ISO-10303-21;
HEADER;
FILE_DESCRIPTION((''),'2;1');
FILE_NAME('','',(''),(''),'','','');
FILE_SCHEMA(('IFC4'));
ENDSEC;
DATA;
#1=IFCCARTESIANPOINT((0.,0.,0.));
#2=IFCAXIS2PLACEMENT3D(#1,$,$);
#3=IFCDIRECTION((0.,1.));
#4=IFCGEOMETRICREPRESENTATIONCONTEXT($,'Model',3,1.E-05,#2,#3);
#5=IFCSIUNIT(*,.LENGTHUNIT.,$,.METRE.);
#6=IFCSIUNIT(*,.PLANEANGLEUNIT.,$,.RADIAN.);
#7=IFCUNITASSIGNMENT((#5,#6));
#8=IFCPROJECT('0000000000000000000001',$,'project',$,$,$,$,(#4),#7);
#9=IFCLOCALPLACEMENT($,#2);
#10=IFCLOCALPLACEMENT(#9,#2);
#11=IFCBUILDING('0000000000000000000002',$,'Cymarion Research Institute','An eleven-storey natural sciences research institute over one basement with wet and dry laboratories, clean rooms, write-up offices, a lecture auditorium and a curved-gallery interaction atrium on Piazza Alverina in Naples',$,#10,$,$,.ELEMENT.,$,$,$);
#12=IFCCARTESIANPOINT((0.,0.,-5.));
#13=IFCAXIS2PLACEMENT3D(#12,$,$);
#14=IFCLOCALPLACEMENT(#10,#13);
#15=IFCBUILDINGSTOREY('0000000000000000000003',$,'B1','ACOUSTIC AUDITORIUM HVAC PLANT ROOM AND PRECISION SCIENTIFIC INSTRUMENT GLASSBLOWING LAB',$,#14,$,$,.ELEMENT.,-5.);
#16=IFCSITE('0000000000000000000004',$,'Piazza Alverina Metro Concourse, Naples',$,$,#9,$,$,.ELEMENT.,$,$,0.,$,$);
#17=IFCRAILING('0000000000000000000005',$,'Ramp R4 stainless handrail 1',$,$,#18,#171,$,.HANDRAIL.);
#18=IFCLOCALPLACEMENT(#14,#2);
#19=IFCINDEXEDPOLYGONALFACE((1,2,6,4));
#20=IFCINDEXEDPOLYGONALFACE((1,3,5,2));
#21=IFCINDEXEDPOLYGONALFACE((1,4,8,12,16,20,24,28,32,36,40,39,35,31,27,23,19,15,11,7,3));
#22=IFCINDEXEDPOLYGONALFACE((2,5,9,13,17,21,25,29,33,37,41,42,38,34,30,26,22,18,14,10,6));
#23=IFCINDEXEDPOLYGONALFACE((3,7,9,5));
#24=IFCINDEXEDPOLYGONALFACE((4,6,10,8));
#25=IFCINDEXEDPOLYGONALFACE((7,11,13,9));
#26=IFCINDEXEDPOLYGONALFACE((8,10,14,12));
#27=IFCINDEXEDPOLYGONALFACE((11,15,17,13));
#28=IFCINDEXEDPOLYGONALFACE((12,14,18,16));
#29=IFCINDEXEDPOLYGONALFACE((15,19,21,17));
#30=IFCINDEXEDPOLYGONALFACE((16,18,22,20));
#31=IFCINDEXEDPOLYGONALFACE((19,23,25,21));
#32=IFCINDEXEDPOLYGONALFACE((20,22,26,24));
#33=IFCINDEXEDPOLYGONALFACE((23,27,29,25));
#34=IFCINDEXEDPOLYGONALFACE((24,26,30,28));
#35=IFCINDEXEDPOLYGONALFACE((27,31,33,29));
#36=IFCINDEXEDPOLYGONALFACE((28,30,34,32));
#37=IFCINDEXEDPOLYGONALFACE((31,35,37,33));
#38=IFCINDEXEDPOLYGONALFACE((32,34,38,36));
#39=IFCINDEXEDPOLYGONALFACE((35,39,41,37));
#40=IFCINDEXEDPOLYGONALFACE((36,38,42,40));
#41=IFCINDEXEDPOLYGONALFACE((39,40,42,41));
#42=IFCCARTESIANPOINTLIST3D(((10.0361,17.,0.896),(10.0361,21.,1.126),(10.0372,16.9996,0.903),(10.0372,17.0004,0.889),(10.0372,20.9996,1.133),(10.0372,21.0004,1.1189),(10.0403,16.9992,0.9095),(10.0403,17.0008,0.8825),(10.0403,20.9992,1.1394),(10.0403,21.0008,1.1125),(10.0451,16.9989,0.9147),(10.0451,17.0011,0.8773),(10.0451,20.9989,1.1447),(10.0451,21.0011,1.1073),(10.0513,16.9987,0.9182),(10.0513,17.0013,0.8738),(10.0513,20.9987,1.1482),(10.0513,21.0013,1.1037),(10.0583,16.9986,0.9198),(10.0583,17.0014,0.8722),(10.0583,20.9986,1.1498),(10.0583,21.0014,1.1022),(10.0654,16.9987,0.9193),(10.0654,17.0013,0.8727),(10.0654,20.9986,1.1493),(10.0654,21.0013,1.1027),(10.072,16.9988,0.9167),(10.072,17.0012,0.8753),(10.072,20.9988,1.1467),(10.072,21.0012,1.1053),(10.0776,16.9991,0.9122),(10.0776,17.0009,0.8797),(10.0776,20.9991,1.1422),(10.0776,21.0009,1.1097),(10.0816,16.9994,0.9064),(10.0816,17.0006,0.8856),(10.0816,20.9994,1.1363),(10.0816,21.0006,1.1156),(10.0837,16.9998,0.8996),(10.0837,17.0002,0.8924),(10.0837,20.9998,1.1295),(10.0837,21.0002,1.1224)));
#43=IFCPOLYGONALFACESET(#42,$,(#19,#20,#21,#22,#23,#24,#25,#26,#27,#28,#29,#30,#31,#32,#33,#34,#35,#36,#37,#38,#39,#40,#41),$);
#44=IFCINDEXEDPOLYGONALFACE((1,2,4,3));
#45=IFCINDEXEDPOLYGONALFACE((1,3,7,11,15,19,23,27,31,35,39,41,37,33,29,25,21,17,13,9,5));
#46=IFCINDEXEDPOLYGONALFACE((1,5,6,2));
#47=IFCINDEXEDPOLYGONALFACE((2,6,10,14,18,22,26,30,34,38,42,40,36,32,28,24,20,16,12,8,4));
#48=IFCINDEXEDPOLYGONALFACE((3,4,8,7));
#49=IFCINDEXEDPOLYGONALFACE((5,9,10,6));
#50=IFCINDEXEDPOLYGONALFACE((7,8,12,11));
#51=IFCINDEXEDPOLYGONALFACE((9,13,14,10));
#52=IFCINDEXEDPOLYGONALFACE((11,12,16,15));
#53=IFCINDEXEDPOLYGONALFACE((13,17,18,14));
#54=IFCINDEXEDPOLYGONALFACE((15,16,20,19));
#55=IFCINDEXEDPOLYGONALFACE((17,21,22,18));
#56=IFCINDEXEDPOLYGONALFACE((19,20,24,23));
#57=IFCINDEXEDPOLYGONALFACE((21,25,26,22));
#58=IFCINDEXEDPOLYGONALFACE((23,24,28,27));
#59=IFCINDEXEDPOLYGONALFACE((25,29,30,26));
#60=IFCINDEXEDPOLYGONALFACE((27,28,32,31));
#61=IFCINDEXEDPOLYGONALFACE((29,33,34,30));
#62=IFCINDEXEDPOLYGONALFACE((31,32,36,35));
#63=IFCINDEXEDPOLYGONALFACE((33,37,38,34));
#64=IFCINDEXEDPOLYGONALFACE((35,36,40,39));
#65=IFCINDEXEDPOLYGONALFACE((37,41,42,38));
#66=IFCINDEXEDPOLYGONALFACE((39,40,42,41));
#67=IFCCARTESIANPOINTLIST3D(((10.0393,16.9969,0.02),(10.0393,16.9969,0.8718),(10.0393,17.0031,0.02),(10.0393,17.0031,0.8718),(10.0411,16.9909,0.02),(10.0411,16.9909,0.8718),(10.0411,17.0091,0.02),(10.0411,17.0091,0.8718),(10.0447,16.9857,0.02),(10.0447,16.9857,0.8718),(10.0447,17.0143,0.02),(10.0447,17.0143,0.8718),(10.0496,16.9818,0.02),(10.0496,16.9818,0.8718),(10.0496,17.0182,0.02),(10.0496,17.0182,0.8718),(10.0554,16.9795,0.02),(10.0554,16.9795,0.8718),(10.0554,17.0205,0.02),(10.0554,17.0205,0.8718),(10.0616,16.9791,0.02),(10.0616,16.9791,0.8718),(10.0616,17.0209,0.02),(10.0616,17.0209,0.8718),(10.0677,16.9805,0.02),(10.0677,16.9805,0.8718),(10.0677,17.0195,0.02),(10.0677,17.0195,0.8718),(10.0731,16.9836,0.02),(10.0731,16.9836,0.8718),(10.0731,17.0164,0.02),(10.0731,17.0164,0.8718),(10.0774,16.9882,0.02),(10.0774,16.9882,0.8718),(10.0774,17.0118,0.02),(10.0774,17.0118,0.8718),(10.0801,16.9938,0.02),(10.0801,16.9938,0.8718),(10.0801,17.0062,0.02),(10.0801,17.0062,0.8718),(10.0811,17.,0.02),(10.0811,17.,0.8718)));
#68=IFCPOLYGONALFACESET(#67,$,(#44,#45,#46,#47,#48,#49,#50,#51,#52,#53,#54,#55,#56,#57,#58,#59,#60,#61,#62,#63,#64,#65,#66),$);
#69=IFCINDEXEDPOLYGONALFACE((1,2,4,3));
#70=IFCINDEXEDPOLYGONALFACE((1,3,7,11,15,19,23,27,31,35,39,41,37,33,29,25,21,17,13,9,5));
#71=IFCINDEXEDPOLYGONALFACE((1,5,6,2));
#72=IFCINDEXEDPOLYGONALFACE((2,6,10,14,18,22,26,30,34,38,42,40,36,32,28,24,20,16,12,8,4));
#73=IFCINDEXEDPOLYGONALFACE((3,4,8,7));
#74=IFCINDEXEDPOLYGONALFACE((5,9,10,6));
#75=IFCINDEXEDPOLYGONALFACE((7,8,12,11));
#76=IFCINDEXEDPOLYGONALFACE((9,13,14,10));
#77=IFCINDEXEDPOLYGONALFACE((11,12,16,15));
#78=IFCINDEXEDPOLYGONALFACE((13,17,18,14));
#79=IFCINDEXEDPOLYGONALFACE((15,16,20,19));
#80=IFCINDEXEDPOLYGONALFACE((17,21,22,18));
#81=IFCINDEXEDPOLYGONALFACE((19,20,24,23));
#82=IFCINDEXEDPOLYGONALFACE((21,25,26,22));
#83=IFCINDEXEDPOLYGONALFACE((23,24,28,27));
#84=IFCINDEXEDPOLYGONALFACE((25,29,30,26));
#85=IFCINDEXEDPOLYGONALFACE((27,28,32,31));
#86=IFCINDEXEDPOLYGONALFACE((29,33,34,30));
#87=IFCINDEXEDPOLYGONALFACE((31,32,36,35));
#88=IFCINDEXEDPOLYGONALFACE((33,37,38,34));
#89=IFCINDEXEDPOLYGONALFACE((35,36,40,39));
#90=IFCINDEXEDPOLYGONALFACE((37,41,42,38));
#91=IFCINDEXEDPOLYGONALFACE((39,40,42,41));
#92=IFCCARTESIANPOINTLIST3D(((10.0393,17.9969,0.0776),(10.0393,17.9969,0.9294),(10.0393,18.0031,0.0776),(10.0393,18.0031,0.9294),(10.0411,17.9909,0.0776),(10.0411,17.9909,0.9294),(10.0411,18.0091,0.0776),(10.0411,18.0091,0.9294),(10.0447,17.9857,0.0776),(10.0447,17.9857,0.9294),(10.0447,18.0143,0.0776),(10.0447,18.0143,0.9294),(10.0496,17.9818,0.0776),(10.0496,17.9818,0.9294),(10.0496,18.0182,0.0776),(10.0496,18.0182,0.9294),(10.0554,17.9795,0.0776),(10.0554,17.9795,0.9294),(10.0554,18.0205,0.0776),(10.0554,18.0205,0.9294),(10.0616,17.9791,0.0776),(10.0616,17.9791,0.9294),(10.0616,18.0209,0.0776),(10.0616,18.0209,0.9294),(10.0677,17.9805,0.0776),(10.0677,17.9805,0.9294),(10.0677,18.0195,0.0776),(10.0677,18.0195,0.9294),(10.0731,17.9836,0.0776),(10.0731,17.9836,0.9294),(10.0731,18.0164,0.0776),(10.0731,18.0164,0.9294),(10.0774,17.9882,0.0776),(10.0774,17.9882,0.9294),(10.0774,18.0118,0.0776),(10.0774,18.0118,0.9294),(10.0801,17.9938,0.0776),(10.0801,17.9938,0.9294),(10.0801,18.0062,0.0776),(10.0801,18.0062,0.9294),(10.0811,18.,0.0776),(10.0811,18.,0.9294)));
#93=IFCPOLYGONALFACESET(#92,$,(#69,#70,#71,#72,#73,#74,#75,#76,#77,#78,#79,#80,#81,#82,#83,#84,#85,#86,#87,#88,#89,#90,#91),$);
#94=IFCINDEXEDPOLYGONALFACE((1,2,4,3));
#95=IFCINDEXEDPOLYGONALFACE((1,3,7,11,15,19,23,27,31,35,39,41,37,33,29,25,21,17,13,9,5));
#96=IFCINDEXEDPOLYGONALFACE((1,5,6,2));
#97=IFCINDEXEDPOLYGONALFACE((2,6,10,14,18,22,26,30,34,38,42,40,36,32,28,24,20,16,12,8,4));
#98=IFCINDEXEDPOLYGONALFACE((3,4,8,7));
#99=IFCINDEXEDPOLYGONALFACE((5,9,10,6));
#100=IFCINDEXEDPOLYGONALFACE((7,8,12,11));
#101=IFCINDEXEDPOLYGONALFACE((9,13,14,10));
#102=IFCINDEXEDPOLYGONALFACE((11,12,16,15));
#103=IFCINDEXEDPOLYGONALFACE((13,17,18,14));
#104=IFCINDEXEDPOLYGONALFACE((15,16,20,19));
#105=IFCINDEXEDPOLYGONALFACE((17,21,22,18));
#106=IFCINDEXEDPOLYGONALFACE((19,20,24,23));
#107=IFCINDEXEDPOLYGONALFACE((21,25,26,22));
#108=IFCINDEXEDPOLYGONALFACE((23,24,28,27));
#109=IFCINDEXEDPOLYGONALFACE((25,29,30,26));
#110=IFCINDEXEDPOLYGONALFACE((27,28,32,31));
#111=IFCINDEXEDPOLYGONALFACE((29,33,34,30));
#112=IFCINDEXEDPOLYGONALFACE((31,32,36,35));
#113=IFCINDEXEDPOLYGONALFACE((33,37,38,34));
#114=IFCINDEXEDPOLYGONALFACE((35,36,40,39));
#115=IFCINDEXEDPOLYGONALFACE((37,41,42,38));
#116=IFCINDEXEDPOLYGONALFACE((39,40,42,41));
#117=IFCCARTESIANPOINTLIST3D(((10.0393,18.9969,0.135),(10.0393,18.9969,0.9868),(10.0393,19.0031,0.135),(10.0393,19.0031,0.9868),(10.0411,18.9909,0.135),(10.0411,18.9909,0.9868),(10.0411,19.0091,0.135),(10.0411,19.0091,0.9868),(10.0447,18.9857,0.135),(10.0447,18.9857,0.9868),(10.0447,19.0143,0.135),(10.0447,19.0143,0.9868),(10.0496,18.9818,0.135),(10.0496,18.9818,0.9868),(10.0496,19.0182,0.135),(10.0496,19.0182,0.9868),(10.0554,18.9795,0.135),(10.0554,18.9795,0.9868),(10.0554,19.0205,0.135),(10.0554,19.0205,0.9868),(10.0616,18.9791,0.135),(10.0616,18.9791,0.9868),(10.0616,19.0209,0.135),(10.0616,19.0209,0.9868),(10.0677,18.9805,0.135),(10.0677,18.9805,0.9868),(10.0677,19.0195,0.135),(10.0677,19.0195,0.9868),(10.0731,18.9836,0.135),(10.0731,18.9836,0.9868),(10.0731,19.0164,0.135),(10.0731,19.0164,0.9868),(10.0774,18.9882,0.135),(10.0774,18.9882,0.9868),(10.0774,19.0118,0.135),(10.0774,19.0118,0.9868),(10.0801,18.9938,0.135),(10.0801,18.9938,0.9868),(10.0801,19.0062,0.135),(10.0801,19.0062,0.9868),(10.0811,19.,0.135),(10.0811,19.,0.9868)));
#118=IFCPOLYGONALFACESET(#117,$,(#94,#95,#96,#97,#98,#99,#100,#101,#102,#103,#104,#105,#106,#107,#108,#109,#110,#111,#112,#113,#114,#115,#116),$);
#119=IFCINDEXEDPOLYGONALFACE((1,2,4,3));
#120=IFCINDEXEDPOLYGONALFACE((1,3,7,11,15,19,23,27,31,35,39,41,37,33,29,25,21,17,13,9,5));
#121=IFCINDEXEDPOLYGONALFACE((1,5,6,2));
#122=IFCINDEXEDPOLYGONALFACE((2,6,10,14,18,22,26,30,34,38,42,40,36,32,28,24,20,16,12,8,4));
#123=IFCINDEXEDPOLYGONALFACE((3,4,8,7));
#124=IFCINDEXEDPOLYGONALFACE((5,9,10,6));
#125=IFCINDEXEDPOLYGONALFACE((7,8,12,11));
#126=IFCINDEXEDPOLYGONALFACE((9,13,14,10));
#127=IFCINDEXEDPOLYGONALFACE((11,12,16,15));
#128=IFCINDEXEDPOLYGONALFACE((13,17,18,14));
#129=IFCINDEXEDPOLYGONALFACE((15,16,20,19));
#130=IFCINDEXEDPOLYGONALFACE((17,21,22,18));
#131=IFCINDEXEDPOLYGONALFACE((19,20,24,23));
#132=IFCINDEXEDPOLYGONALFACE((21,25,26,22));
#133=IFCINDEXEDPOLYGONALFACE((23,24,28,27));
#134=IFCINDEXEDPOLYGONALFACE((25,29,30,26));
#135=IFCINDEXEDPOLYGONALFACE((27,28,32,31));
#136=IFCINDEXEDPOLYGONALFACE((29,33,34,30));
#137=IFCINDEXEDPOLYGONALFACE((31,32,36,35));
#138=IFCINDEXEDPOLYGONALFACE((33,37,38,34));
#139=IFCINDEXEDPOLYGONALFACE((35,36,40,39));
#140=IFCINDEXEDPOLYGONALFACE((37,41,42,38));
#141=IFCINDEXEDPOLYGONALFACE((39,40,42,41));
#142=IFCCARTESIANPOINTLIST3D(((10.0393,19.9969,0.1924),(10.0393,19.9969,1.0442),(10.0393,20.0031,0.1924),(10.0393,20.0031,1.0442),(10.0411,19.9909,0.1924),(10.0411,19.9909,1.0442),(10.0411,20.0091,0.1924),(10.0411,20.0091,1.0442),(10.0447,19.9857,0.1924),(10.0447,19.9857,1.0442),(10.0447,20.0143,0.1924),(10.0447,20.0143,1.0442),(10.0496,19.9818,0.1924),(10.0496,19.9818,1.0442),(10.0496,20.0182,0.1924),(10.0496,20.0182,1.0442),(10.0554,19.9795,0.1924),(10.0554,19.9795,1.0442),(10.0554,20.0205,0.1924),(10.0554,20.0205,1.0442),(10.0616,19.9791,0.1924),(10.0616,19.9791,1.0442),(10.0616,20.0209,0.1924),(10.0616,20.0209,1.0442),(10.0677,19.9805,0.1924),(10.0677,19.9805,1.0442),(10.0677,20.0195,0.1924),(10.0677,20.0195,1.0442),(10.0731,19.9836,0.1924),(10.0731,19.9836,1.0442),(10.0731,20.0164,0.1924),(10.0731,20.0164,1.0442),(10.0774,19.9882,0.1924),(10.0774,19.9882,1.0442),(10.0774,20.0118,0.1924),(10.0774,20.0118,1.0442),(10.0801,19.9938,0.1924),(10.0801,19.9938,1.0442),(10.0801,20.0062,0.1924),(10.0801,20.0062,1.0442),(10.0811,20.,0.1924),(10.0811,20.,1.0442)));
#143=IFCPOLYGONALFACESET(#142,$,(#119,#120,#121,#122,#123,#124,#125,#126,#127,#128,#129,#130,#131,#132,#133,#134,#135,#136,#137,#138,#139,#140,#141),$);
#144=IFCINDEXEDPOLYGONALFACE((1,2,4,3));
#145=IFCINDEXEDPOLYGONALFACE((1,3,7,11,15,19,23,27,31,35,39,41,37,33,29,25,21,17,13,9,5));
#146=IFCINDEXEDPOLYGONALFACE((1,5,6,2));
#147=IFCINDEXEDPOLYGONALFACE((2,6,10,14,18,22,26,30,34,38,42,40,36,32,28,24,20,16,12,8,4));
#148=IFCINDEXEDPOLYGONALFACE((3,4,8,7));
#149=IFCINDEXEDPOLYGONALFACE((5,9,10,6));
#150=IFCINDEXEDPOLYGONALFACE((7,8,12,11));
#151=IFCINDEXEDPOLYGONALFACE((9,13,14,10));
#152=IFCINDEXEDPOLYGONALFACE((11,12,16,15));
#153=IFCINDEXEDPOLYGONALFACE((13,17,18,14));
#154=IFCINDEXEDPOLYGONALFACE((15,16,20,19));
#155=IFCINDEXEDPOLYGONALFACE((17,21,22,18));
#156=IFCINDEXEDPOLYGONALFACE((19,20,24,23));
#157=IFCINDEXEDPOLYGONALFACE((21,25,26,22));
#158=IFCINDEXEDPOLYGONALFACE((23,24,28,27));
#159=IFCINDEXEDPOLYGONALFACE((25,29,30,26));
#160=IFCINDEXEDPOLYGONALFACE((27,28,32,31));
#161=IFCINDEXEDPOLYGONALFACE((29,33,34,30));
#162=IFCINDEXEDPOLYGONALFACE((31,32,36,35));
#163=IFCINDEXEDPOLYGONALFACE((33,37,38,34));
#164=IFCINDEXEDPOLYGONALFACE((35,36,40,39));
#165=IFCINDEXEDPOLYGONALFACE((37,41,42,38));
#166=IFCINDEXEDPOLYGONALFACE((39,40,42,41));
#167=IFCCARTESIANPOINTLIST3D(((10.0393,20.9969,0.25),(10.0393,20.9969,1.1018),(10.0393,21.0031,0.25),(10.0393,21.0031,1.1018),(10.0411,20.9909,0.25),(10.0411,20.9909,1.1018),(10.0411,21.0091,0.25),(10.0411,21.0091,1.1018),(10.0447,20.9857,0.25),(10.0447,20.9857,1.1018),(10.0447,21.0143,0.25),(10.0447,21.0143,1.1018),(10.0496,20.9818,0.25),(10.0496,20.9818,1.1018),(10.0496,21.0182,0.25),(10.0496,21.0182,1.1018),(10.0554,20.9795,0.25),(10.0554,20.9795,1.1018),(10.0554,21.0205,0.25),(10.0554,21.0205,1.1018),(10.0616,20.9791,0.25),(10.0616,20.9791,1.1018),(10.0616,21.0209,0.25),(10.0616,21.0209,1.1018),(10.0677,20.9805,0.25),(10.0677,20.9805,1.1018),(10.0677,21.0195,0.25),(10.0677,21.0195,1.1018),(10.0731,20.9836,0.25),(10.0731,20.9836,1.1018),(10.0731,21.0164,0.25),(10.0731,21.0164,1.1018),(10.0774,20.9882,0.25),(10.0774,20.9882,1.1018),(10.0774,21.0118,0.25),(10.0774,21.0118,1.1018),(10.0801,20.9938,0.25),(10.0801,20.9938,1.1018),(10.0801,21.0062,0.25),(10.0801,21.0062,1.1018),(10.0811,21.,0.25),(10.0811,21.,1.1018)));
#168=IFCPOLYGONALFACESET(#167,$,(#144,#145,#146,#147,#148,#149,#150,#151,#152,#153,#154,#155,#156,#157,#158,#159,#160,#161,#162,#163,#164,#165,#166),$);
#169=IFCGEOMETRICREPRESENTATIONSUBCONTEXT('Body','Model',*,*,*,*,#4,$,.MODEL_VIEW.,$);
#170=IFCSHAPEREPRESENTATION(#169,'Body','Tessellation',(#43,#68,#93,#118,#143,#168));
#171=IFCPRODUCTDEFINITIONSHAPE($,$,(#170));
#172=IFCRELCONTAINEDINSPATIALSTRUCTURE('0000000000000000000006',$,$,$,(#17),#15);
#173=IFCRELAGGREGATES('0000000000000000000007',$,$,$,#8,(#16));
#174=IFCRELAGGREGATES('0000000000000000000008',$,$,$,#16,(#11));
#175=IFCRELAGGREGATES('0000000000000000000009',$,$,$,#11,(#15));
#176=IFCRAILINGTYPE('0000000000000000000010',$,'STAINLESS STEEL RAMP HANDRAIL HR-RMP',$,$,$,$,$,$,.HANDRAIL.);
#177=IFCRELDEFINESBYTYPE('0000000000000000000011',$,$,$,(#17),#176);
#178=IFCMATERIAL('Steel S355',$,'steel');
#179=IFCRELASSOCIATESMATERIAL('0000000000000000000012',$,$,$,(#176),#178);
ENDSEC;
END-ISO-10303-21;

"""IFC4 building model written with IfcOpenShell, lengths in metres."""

from ifc_helpers import new_model, si_unit, direction, frame, origin, origin_2d, place, context, subcontext, project, spatial, circle, extrude, material, type_object, element, save


model = new_model("IFC4")

# Units and contexts
model_context = context("Model", 3, precision=1e-05, world=origin(), true_north=direction((0.0, 1.0)))
body_context = subcontext(model_context, "Body", "Model", "MODEL_VIEW")
ifc_project = project(units=[si_unit("LENGTHUNIT", "METRE"), si_unit("PLANEANGLEUNIT", "RADIAN")], contexts=[model_context])

# Site, building, storey
site_placement = place(None, origin())
site = spatial("IfcSite", under=ifc_project, at=site_placement, Name="Piazza Alverina Metro Concourse, Naples", CompositionType="ELEMENT", RefElevation=0.0)
building_placement = place(site_placement, origin())
building = spatial("IfcBuilding", under=site, at=building_placement, Name="Cymarion Research Institute", Description="An eleven-storey natural sciences research institute over one basement with wet and dry laboratories, clean rooms, write-up offices, a lecture auditorium and a curved-gallery interaction atrium on Piazza Alverina in Naples", CompositionType="ELEMENT")
storey_placement = place(building_placement, frame((0.0, 0.0, -5.0)))
storey = spatial("IfcBuildingStorey", under=building, at=storey_placement, Name="B1", Description="ACOUSTIC AUDITORIUM HVAC PLANT ROOM AND PRECISION SCIENTIFIC INSTRUMENT GLASSBLOWING LAB", CompositionType="ELEMENT", Elevation=-5.0)

# Shared definitions
ifc_material_1 = material(Name="Steel S355", Category="steel")

# Railing
railing_type_1 = type_object("IfcRailingType", Name="STAINLESS STEEL RAMP HANDRAIL HR-RMP", PredefinedType="HANDRAIL", material=ifc_material_1)
railing_1_placement = place(storey_placement, frame((10.0601, 17.0, 0.02)))
element("IfcRailing", 1, at=railing_1_placement, inside=storey, type_object=railing_type_1, Name="Ramp R4 stainless handrail 1", PredefinedType="HANDRAIL", context=body_context, shape_type="SweptSolid", body=[
    extrude(circle(Radius=0.0239, at=origin_2d()), frame((0.0, 0.0, 0.876), z_axis=(0.0, 0.998351, 0.0574), x_axis=(-1.0, 0.0, 0.0)), (0.0, 0.0, 1.0), 4.0066),
    extrude(circle(Radius=0.021, at=origin_2d()), origin(), (0.0, 0.0, 1.0), 0.8518),
    extrude(circle(Radius=0.021, at=origin_2d()), frame((0.0, 1.0, 0.0576)), (0.0, 0.0, 1.0), 0.8518),
    extrude(circle(Radius=0.021, at=origin_2d()), frame((0.0, 2.0, 0.115)), (0.0, 0.0, 1.0), 0.8518),
    extrude(circle(Radius=0.021, at=origin_2d()), frame((0.0, 3.0, 0.1724)), (0.0, 0.0, 1.0), 0.8518),
    extrude(circle(Radius=0.021, at=origin_2d()), frame((0.0, 4.0, 0.23)), (0.0, 0.0, 1.0), 0.8518),
])

save(model, "model.ifc")
